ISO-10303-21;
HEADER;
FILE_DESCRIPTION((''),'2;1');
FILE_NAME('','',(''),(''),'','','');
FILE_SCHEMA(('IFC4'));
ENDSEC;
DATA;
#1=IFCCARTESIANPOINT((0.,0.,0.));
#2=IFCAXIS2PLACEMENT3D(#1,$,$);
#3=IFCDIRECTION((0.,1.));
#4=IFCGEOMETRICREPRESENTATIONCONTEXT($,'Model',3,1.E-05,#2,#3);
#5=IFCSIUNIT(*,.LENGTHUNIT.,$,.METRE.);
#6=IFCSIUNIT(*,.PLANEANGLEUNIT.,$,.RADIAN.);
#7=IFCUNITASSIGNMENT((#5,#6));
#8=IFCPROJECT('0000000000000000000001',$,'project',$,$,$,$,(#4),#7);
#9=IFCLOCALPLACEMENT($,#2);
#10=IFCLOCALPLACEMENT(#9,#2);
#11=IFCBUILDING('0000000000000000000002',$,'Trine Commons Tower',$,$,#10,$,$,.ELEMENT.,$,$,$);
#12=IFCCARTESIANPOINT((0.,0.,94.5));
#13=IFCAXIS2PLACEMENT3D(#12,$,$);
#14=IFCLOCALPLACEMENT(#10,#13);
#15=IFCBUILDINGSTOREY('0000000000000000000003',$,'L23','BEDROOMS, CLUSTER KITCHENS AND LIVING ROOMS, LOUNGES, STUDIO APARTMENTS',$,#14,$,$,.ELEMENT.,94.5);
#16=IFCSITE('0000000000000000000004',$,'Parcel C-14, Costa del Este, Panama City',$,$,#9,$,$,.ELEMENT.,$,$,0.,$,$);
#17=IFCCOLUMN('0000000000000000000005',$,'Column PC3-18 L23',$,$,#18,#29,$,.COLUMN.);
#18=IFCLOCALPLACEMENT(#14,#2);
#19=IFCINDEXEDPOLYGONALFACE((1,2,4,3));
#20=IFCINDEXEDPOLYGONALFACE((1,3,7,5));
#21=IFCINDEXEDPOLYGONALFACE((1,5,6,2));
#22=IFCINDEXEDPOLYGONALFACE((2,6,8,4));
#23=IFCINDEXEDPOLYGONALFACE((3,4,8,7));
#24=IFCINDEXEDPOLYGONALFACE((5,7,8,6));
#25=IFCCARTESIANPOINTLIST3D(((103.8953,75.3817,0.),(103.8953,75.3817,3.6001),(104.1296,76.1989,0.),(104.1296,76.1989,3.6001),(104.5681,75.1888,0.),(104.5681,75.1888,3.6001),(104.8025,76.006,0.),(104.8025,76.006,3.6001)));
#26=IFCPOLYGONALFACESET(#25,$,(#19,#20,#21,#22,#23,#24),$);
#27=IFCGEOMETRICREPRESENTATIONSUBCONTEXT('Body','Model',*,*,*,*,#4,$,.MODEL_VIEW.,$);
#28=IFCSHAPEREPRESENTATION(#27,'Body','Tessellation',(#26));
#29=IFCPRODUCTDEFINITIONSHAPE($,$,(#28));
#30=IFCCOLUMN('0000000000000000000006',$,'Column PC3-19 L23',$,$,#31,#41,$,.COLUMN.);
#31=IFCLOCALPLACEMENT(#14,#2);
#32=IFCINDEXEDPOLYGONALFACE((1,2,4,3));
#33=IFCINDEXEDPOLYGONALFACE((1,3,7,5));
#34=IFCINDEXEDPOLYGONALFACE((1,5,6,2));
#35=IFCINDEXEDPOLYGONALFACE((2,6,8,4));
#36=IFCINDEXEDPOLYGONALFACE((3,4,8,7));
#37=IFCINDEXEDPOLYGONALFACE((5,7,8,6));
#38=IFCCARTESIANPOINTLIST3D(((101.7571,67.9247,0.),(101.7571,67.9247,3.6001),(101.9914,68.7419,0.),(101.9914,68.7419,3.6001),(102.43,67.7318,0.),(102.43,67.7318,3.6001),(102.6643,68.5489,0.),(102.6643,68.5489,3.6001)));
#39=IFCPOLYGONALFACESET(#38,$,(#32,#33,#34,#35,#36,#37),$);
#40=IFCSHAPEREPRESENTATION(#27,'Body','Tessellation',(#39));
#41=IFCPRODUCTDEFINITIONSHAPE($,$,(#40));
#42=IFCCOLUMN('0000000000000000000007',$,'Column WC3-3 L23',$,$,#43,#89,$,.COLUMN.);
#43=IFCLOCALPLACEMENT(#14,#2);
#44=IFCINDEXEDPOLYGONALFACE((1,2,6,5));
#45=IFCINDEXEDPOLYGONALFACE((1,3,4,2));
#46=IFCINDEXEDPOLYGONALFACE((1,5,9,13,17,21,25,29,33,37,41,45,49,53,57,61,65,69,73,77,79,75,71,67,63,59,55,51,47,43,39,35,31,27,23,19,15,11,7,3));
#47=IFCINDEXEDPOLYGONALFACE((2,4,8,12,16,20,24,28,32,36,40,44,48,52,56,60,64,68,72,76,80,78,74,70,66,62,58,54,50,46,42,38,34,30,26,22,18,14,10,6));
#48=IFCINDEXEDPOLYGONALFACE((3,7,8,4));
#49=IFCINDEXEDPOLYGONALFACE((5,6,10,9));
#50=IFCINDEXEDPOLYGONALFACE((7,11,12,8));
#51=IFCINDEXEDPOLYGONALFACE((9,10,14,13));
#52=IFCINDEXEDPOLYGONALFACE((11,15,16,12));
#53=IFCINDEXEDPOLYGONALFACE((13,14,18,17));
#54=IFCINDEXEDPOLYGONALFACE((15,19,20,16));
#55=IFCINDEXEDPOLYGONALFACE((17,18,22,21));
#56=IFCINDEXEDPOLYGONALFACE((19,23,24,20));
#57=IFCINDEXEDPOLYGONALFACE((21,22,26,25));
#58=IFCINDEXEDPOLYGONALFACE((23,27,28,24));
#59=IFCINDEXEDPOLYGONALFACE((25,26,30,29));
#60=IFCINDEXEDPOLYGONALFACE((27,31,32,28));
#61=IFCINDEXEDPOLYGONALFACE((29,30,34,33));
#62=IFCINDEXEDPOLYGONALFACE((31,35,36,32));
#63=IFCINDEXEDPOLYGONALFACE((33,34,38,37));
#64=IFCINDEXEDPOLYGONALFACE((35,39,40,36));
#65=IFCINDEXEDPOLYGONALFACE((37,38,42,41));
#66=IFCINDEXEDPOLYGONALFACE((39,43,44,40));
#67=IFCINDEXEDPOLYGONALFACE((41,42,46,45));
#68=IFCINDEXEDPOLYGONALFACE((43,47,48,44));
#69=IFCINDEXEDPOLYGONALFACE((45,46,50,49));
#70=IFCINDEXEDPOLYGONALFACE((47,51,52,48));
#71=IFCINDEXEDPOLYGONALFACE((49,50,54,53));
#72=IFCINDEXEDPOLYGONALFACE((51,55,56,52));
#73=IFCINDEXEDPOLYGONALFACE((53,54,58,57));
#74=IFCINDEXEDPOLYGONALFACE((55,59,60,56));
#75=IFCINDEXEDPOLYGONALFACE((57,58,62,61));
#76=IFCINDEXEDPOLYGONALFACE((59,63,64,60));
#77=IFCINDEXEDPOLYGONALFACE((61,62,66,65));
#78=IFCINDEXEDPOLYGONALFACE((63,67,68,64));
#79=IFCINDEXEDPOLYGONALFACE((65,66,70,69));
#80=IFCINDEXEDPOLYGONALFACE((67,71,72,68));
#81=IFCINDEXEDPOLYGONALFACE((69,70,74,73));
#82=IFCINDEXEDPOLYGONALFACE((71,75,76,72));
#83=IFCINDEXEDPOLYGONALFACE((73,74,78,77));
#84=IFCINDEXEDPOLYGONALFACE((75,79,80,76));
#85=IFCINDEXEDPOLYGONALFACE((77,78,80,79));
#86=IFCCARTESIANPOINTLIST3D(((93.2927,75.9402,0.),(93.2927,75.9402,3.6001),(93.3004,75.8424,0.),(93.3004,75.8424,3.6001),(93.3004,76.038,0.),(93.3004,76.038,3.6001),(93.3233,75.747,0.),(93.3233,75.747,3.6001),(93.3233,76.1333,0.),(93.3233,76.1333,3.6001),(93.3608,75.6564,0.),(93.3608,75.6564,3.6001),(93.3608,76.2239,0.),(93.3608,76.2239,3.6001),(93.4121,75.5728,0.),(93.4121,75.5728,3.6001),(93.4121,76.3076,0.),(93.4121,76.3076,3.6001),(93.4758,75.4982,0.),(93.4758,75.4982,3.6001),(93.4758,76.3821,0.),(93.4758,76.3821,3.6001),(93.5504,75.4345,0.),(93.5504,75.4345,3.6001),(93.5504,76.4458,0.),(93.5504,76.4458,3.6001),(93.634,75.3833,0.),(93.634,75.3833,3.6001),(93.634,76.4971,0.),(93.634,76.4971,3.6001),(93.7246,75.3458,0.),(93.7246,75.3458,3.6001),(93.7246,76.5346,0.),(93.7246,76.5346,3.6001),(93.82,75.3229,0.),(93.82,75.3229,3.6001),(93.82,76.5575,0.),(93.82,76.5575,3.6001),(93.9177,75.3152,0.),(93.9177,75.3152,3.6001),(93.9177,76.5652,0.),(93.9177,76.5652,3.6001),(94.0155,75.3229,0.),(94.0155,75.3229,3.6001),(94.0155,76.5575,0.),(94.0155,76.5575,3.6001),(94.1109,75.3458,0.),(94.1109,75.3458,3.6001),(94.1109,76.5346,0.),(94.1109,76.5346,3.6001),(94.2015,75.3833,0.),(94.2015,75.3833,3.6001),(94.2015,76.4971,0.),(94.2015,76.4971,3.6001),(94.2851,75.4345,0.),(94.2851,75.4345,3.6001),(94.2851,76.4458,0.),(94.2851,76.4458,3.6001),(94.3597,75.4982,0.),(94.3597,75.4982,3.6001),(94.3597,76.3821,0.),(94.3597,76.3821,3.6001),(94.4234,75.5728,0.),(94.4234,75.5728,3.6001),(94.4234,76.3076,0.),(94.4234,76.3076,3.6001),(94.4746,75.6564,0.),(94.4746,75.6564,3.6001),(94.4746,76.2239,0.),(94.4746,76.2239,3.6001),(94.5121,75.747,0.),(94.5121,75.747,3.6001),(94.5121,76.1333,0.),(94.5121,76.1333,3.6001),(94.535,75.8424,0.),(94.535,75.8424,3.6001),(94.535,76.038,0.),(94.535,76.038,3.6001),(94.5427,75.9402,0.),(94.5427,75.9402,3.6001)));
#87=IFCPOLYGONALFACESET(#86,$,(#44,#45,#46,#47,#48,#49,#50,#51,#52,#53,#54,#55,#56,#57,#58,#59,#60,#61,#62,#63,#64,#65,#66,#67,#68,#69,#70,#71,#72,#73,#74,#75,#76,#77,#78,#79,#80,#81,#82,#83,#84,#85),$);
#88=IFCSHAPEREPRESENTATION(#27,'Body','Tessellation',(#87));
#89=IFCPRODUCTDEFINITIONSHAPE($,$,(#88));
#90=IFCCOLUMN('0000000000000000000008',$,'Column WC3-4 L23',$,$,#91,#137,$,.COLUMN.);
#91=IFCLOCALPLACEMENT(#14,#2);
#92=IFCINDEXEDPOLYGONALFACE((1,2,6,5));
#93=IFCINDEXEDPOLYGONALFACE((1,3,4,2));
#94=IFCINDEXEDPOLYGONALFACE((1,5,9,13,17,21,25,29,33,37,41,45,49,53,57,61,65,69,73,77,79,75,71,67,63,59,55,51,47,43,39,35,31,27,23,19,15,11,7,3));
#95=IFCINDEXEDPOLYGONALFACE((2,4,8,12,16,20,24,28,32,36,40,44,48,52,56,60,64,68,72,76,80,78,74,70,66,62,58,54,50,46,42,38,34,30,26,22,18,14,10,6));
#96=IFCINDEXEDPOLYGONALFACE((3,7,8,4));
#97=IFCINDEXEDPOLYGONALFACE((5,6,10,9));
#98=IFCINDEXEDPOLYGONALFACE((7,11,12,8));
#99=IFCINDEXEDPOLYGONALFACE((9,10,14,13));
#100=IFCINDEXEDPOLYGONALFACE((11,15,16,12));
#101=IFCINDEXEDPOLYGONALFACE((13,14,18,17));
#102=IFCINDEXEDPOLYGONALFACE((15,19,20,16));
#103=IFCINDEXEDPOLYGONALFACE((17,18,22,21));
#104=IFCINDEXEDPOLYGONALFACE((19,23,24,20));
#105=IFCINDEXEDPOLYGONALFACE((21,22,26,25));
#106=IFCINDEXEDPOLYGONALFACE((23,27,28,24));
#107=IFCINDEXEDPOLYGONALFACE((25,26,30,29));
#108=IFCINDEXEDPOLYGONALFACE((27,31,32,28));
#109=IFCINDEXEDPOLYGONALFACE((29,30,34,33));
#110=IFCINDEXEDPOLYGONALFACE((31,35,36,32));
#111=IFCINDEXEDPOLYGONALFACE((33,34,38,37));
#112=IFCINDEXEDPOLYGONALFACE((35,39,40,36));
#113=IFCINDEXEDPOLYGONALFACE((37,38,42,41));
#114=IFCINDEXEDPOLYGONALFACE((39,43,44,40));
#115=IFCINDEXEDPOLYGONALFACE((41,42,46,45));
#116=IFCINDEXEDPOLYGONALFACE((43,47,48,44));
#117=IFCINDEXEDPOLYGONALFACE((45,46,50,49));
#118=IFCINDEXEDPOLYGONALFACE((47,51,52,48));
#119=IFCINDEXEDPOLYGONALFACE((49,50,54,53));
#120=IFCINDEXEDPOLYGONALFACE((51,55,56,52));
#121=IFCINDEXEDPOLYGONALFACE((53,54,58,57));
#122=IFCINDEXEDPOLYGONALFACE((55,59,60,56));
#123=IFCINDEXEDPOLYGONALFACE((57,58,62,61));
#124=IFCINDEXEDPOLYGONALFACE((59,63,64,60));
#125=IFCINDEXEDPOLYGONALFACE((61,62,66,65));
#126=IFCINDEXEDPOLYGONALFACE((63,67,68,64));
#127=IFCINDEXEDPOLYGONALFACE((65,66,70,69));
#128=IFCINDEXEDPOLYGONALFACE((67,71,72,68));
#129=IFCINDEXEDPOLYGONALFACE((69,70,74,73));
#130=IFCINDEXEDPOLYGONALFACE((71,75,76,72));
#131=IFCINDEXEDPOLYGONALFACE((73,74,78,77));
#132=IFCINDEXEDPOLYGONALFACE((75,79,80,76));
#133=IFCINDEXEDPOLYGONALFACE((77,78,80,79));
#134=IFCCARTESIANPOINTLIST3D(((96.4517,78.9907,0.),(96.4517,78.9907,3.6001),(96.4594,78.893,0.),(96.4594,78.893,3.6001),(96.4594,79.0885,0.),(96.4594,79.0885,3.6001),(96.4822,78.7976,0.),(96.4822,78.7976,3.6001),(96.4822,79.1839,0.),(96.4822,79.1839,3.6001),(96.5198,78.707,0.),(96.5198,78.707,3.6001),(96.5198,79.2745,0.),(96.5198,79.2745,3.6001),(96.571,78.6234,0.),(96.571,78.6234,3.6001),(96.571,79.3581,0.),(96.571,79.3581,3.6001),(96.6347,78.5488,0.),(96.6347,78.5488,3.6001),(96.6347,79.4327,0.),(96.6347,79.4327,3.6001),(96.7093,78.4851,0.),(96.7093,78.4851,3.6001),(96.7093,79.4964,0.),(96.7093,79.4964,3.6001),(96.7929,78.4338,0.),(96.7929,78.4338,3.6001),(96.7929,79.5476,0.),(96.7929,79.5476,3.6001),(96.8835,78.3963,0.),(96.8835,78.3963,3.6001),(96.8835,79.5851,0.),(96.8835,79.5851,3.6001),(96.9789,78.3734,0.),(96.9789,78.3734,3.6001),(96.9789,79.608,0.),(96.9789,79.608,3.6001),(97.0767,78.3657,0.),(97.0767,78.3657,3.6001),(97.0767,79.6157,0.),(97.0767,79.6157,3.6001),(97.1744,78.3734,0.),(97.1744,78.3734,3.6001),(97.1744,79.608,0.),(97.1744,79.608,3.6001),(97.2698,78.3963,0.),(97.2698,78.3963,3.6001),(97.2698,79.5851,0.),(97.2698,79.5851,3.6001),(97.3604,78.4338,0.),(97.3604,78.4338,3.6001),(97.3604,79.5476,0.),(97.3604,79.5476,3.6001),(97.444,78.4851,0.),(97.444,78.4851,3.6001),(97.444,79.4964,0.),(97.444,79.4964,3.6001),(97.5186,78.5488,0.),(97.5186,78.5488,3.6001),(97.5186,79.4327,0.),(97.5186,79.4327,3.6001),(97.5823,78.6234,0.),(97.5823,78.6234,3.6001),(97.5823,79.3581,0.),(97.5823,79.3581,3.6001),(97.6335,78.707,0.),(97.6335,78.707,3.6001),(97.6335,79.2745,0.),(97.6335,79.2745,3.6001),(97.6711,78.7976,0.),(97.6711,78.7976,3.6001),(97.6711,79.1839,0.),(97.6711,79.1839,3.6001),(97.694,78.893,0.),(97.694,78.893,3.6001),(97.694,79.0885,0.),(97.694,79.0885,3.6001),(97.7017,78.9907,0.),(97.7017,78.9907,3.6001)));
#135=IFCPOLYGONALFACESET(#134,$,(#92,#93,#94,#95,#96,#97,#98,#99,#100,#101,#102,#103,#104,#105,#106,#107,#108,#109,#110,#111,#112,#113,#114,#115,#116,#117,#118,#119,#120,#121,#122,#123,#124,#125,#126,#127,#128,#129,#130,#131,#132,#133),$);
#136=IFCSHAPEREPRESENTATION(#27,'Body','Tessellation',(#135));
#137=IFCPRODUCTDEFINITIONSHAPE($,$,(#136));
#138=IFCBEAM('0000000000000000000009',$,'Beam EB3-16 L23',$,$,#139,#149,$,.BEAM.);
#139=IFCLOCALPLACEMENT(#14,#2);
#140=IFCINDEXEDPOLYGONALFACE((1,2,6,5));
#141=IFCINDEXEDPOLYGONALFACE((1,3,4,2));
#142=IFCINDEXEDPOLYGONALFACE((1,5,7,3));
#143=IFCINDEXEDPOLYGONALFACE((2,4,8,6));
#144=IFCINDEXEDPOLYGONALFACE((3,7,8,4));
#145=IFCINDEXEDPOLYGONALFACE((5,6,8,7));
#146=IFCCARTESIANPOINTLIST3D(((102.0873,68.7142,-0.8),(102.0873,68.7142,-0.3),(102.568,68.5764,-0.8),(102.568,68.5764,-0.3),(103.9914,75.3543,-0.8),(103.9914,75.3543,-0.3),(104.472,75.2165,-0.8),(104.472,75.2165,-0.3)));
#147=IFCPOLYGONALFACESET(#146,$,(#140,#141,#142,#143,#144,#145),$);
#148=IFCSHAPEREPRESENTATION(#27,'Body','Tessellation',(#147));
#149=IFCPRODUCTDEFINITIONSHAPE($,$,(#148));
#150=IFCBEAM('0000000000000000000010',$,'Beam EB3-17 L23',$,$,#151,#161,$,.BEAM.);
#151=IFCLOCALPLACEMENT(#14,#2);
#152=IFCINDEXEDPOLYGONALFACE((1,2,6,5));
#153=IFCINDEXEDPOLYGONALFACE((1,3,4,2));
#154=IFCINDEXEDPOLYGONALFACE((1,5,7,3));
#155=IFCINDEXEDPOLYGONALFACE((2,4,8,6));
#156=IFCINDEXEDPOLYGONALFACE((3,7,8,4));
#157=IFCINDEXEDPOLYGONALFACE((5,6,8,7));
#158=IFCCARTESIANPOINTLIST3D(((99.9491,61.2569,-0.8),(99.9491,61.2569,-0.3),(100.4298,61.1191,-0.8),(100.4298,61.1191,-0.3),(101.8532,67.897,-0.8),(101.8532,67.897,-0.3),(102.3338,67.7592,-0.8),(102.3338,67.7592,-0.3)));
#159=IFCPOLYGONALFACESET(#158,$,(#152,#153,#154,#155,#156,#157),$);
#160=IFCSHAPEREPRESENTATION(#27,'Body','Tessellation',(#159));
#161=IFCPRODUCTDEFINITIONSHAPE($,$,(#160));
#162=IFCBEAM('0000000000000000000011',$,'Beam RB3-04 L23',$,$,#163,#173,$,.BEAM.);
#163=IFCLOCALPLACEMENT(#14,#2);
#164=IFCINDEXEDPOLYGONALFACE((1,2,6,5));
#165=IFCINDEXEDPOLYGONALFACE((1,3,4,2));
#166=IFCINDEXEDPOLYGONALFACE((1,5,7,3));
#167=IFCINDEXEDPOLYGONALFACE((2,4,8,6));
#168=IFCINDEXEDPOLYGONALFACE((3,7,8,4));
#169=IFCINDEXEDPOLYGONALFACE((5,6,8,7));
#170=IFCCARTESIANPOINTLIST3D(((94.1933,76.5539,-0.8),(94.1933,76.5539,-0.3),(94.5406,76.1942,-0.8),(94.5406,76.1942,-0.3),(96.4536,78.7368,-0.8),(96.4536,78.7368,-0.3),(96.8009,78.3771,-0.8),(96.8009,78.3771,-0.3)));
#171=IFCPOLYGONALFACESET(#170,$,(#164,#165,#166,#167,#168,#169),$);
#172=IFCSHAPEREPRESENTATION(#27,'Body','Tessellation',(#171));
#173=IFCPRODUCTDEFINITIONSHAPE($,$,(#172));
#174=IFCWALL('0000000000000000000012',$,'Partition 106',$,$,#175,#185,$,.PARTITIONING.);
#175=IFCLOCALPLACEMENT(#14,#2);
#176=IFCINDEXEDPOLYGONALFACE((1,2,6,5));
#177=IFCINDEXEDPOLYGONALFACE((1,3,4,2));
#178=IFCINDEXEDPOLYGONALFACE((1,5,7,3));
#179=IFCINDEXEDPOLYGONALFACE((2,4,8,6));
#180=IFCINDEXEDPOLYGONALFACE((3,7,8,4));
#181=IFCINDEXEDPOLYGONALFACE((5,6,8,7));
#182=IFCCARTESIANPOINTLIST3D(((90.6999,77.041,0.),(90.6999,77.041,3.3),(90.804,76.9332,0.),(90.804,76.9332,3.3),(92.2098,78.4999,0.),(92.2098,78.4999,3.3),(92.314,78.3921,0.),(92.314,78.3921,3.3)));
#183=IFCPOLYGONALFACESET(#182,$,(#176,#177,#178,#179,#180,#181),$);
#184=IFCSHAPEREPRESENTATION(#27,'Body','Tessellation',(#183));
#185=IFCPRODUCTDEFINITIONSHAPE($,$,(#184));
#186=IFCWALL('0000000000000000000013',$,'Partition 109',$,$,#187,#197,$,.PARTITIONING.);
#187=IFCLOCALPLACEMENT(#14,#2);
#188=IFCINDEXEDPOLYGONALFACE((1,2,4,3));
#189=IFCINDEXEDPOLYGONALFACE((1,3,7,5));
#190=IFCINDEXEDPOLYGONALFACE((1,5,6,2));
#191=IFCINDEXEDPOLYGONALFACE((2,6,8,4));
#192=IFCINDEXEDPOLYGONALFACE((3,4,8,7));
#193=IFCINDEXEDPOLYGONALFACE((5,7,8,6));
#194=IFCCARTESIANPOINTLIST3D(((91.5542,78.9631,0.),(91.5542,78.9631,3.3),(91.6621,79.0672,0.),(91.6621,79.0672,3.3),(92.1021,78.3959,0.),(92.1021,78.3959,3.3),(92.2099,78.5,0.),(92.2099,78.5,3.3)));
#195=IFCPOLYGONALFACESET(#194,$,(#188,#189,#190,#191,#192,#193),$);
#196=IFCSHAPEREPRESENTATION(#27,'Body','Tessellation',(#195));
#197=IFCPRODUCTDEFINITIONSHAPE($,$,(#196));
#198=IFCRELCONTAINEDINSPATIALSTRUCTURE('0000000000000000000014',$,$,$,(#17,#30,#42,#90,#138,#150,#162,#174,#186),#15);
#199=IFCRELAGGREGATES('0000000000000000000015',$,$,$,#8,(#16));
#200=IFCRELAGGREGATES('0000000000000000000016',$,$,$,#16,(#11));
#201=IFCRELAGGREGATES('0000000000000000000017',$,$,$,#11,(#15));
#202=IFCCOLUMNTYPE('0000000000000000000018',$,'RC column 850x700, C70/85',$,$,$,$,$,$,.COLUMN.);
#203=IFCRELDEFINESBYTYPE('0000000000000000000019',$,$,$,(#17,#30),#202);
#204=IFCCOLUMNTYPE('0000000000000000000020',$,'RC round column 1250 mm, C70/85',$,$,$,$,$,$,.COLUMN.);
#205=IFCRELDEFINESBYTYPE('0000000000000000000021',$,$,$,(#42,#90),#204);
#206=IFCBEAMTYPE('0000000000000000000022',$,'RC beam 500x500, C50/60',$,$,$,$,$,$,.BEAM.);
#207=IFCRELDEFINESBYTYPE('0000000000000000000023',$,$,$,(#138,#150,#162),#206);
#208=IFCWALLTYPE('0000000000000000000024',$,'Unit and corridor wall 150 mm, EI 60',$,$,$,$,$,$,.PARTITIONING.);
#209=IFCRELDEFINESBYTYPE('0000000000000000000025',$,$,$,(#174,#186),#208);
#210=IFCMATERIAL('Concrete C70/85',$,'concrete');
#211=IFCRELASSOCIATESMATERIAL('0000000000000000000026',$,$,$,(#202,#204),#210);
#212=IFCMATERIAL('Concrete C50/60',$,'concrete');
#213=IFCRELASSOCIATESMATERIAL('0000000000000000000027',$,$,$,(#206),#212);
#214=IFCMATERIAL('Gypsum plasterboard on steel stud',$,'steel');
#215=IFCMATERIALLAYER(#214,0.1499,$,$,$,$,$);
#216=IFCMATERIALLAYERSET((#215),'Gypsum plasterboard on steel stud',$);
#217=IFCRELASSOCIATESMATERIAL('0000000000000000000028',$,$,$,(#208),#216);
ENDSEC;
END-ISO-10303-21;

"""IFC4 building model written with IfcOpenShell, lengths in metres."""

from ifc_helpers import new_model, si_unit, direction, frame, frame_2d, origin, origin_2d, place, context, subcontext, project, spatial, rectangle, circle, extrude, material, layer, layer_set, material_profile, profile_set, type_object, element, save


model = new_model("IFC4")

# Units and contexts
model_context = context("Model", 3, precision=1e-05, world=origin(), true_north=direction((0.0, 1.0)))
body_context = subcontext(model_context, "Body", "Model", "MODEL_VIEW")
ifc_project = project(units=[si_unit("LENGTHUNIT", "METRE"), si_unit("PLANEANGLEUNIT", "RADIAN")], contexts=[model_context])

# Site, building, storey
site_placement = place(None, origin())
site = spatial("IfcSite", under=ifc_project, at=site_placement, Name="Parcel C-14, Costa del Este, Panama City", CompositionType="ELEMENT", RefElevation=0.0)
building_placement = place(site_placement, origin())
building = spatial("IfcBuilding", under=site, at=building_placement, Name="Trine Commons Tower", CompositionType="ELEMENT")
storey_placement = place(building_placement, frame((0.0, 0.0, 94.5)))
storey = spatial("IfcBuildingStorey", under=building, at=storey_placement, Name="L23", Description="BEDROOMS, CLUSTER KITCHENS AND LIVING ROOMS, LOUNGES, STUDIO APARTMENTS", CompositionType="ELEMENT", Elevation=94.5)

# Columns
ifc_material_1 = material(Name="Concrete C70/85", Category="concrete")
ifc_material_profile_1 = material_profile(ifc_material_1, rectangle(XDim=0.8501, YDim=0.7, at=origin_2d()), Name="RC 850x700")
ifc_profile_set_1 = profile_set([ifc_material_profile_1], Name="Concrete C70/85")
column_type_1 = type_object("IfcColumnType", Name="RC column 850x700, C70/85", PredefinedType="COLUMN", material=ifc_profile_set_1)
for number, where, z_axis, x_axis, name in (
    (1, (104.3489, 75.6938, 0.0), (0.0, 0.0, 1.0), (0.275637, 0.961262, 0.0), "Column PC3-18 L23"),
    (2, (102.2107, 68.2368, 0.0), (0.0, 0.0, 1.0), (0.275637, 0.961262, 0.0), "Column PC3-19 L23"),
):
    element("IfcColumn", number, at=place(storey_placement, frame(where, z_axis=z_axis, x_axis=x_axis)), inside=storey, type_object=column_type_1, Name=name, PredefinedType="COLUMN", context=body_context, shape_type="SweptSolid", body=[
        extrude(rectangle(XDim=0.8501, YDim=0.7, at=origin_2d()), origin(), (0.0, 0.0, 1.0), 3.6001),
    ])
ifc_material_profile_2 = material_profile(ifc_material_1, circle(Radius=0.625, at=origin_2d()), Name="RC round 1250")
ifc_profile_set_2 = profile_set([ifc_material_profile_2], Name="Concrete C70/85")
column_type_2 = type_object("IfcColumnType", Name="RC round column 1250 mm, C70/85", PredefinedType="COLUMN", material=ifc_profile_set_2)
for number, where, z_axis, x_axis, name in (
    (3, (93.9177, 75.9402, 0.0), (0.0, 0.0, 1.0), (1.0, 0.0, 0.0), "Column WC3-3 L23"),
    (4, (97.0767, 78.9907, 0.0), (0.0, 0.0, 1.0), (1.0, 0.0, 0.0), "Column WC3-4 L23"),
):
    element("IfcColumn", number, at=place(storey_placement, frame(where, z_axis=z_axis, x_axis=x_axis)), inside=storey, type_object=column_type_2, Name=name, PredefinedType="COLUMN", context=body_context, shape_type="SweptSolid", body=[
        extrude(circle(Radius=0.625, at=origin_2d()), origin(), (0.0, 0.0, 1.0), 3.6001),
    ])

# Beams
ifc_material_2 = material(Name="Concrete C50/60", Category="concrete")
ifc_material_profile_3 = material_profile(ifc_material_2, rectangle(XDim=0.5, YDim=0.5, at=origin_2d()), Name="RC 500x500")
ifc_profile_set_3 = profile_set([ifc_material_profile_3], Name="Concrete C50/60")
beam_type = type_object("IfcBeamType", Name="RC beam 500x500, C50/60", PredefinedType="BEAM", material=ifc_profile_set_3)
for number, where, z_axis, x_axis, name in (
    (5, (104.2317, 75.2854, -0.55), (-0.275641, -0.961261, 0.0), (0.961261, -0.275641, 0.0), "Beam EB3-16 L23"),
    (6, (102.0935, 67.8281, -0.55), (-0.275641, -0.961261, 0.0), (0.961261, -0.275641, 0.0), "Beam EB3-17 L23"),
):
    element("IfcBeam", number, at=place(storey_placement, frame(where, z_axis=z_axis, x_axis=x_axis)), inside=storey, type_object=beam_type, Name=name, PredefinedType="BEAM", context=body_context, shape_type="SweptSolid", body=[
        extrude(rectangle(XDim=0.5, YDim=0.5, at=origin_2d()), origin(), (0.0, 0.0, 1.0), 6.9077),
    ])
beam_placement = place(storey_placement, frame((94.3669, 76.374, -0.55), z_axis=(0.719314, 0.694685, 0.0), x_axis=(-0.694685, 0.719314, 0.0)))
element("IfcBeam", 7, at=beam_placement, inside=storey, type_object=beam_type, Name="Beam RB3-04 L23", PredefinedType="BEAM", context=body_context, shape_type="SweptSolid", body=[
    extrude(rectangle(XDim=0.5, YDim=0.5, at=origin_2d()), origin(), (0.0, 0.0, 1.0), 3.1423),
])

# Walls
ifc_material_3 = material(Name="Gypsum plasterboard on steel stud", Category="steel")
ifc_layer_1 = layer(ifc_material_3, 0.1499)
ifc_layer_set_1 = layer_set([ifc_layer_1], Name="Gypsum plasterboard on steel stud")
wall_type_1 = type_object("IfcWallType", Name="Unit and corridor wall 150 mm, EI 60", PredefinedType="PARTITIONING", material=ifc_layer_set_1)
wall_1_placement = place(storey_placement, frame((90.752, 76.9871, 0.0), z_axis=(0.0, 0.0, 1.0), x_axis=(0.719153, 0.694852, 0.0)))
element("IfcWall", 8, at=wall_1_placement, inside=storey, type_object=wall_type_1, Name="Partition 106", PredefinedType="PARTITIONING", context=body_context, shape_type="SweptSolid", body=[
    extrude(rectangle(XDim=2.0996, YDim=0.1499, at=frame_2d((1.0498, 0.0))), origin(), (0.0, 0.0, 1.0), 3.3),
])
wall_2_placement = place(storey_placement, frame((91.6082, 79.0151, 0.0), z_axis=(0.0, 0.0, 1.0), x_axis=(0.694771, -0.719231, 0.0)))
element("IfcWall", 9, at=wall_2_placement, inside=storey, type_object=wall_type_1, Name="Partition 109", PredefinedType="PARTITIONING", context=body_context, shape_type="SweptSolid", body=[
    extrude(rectangle(XDim=0.7886, YDim=0.1499, at=frame_2d((0.3943, 0.0))), origin(), (0.0, 0.0, 1.0), 3.3),
])

save(model, "model.ifc")
